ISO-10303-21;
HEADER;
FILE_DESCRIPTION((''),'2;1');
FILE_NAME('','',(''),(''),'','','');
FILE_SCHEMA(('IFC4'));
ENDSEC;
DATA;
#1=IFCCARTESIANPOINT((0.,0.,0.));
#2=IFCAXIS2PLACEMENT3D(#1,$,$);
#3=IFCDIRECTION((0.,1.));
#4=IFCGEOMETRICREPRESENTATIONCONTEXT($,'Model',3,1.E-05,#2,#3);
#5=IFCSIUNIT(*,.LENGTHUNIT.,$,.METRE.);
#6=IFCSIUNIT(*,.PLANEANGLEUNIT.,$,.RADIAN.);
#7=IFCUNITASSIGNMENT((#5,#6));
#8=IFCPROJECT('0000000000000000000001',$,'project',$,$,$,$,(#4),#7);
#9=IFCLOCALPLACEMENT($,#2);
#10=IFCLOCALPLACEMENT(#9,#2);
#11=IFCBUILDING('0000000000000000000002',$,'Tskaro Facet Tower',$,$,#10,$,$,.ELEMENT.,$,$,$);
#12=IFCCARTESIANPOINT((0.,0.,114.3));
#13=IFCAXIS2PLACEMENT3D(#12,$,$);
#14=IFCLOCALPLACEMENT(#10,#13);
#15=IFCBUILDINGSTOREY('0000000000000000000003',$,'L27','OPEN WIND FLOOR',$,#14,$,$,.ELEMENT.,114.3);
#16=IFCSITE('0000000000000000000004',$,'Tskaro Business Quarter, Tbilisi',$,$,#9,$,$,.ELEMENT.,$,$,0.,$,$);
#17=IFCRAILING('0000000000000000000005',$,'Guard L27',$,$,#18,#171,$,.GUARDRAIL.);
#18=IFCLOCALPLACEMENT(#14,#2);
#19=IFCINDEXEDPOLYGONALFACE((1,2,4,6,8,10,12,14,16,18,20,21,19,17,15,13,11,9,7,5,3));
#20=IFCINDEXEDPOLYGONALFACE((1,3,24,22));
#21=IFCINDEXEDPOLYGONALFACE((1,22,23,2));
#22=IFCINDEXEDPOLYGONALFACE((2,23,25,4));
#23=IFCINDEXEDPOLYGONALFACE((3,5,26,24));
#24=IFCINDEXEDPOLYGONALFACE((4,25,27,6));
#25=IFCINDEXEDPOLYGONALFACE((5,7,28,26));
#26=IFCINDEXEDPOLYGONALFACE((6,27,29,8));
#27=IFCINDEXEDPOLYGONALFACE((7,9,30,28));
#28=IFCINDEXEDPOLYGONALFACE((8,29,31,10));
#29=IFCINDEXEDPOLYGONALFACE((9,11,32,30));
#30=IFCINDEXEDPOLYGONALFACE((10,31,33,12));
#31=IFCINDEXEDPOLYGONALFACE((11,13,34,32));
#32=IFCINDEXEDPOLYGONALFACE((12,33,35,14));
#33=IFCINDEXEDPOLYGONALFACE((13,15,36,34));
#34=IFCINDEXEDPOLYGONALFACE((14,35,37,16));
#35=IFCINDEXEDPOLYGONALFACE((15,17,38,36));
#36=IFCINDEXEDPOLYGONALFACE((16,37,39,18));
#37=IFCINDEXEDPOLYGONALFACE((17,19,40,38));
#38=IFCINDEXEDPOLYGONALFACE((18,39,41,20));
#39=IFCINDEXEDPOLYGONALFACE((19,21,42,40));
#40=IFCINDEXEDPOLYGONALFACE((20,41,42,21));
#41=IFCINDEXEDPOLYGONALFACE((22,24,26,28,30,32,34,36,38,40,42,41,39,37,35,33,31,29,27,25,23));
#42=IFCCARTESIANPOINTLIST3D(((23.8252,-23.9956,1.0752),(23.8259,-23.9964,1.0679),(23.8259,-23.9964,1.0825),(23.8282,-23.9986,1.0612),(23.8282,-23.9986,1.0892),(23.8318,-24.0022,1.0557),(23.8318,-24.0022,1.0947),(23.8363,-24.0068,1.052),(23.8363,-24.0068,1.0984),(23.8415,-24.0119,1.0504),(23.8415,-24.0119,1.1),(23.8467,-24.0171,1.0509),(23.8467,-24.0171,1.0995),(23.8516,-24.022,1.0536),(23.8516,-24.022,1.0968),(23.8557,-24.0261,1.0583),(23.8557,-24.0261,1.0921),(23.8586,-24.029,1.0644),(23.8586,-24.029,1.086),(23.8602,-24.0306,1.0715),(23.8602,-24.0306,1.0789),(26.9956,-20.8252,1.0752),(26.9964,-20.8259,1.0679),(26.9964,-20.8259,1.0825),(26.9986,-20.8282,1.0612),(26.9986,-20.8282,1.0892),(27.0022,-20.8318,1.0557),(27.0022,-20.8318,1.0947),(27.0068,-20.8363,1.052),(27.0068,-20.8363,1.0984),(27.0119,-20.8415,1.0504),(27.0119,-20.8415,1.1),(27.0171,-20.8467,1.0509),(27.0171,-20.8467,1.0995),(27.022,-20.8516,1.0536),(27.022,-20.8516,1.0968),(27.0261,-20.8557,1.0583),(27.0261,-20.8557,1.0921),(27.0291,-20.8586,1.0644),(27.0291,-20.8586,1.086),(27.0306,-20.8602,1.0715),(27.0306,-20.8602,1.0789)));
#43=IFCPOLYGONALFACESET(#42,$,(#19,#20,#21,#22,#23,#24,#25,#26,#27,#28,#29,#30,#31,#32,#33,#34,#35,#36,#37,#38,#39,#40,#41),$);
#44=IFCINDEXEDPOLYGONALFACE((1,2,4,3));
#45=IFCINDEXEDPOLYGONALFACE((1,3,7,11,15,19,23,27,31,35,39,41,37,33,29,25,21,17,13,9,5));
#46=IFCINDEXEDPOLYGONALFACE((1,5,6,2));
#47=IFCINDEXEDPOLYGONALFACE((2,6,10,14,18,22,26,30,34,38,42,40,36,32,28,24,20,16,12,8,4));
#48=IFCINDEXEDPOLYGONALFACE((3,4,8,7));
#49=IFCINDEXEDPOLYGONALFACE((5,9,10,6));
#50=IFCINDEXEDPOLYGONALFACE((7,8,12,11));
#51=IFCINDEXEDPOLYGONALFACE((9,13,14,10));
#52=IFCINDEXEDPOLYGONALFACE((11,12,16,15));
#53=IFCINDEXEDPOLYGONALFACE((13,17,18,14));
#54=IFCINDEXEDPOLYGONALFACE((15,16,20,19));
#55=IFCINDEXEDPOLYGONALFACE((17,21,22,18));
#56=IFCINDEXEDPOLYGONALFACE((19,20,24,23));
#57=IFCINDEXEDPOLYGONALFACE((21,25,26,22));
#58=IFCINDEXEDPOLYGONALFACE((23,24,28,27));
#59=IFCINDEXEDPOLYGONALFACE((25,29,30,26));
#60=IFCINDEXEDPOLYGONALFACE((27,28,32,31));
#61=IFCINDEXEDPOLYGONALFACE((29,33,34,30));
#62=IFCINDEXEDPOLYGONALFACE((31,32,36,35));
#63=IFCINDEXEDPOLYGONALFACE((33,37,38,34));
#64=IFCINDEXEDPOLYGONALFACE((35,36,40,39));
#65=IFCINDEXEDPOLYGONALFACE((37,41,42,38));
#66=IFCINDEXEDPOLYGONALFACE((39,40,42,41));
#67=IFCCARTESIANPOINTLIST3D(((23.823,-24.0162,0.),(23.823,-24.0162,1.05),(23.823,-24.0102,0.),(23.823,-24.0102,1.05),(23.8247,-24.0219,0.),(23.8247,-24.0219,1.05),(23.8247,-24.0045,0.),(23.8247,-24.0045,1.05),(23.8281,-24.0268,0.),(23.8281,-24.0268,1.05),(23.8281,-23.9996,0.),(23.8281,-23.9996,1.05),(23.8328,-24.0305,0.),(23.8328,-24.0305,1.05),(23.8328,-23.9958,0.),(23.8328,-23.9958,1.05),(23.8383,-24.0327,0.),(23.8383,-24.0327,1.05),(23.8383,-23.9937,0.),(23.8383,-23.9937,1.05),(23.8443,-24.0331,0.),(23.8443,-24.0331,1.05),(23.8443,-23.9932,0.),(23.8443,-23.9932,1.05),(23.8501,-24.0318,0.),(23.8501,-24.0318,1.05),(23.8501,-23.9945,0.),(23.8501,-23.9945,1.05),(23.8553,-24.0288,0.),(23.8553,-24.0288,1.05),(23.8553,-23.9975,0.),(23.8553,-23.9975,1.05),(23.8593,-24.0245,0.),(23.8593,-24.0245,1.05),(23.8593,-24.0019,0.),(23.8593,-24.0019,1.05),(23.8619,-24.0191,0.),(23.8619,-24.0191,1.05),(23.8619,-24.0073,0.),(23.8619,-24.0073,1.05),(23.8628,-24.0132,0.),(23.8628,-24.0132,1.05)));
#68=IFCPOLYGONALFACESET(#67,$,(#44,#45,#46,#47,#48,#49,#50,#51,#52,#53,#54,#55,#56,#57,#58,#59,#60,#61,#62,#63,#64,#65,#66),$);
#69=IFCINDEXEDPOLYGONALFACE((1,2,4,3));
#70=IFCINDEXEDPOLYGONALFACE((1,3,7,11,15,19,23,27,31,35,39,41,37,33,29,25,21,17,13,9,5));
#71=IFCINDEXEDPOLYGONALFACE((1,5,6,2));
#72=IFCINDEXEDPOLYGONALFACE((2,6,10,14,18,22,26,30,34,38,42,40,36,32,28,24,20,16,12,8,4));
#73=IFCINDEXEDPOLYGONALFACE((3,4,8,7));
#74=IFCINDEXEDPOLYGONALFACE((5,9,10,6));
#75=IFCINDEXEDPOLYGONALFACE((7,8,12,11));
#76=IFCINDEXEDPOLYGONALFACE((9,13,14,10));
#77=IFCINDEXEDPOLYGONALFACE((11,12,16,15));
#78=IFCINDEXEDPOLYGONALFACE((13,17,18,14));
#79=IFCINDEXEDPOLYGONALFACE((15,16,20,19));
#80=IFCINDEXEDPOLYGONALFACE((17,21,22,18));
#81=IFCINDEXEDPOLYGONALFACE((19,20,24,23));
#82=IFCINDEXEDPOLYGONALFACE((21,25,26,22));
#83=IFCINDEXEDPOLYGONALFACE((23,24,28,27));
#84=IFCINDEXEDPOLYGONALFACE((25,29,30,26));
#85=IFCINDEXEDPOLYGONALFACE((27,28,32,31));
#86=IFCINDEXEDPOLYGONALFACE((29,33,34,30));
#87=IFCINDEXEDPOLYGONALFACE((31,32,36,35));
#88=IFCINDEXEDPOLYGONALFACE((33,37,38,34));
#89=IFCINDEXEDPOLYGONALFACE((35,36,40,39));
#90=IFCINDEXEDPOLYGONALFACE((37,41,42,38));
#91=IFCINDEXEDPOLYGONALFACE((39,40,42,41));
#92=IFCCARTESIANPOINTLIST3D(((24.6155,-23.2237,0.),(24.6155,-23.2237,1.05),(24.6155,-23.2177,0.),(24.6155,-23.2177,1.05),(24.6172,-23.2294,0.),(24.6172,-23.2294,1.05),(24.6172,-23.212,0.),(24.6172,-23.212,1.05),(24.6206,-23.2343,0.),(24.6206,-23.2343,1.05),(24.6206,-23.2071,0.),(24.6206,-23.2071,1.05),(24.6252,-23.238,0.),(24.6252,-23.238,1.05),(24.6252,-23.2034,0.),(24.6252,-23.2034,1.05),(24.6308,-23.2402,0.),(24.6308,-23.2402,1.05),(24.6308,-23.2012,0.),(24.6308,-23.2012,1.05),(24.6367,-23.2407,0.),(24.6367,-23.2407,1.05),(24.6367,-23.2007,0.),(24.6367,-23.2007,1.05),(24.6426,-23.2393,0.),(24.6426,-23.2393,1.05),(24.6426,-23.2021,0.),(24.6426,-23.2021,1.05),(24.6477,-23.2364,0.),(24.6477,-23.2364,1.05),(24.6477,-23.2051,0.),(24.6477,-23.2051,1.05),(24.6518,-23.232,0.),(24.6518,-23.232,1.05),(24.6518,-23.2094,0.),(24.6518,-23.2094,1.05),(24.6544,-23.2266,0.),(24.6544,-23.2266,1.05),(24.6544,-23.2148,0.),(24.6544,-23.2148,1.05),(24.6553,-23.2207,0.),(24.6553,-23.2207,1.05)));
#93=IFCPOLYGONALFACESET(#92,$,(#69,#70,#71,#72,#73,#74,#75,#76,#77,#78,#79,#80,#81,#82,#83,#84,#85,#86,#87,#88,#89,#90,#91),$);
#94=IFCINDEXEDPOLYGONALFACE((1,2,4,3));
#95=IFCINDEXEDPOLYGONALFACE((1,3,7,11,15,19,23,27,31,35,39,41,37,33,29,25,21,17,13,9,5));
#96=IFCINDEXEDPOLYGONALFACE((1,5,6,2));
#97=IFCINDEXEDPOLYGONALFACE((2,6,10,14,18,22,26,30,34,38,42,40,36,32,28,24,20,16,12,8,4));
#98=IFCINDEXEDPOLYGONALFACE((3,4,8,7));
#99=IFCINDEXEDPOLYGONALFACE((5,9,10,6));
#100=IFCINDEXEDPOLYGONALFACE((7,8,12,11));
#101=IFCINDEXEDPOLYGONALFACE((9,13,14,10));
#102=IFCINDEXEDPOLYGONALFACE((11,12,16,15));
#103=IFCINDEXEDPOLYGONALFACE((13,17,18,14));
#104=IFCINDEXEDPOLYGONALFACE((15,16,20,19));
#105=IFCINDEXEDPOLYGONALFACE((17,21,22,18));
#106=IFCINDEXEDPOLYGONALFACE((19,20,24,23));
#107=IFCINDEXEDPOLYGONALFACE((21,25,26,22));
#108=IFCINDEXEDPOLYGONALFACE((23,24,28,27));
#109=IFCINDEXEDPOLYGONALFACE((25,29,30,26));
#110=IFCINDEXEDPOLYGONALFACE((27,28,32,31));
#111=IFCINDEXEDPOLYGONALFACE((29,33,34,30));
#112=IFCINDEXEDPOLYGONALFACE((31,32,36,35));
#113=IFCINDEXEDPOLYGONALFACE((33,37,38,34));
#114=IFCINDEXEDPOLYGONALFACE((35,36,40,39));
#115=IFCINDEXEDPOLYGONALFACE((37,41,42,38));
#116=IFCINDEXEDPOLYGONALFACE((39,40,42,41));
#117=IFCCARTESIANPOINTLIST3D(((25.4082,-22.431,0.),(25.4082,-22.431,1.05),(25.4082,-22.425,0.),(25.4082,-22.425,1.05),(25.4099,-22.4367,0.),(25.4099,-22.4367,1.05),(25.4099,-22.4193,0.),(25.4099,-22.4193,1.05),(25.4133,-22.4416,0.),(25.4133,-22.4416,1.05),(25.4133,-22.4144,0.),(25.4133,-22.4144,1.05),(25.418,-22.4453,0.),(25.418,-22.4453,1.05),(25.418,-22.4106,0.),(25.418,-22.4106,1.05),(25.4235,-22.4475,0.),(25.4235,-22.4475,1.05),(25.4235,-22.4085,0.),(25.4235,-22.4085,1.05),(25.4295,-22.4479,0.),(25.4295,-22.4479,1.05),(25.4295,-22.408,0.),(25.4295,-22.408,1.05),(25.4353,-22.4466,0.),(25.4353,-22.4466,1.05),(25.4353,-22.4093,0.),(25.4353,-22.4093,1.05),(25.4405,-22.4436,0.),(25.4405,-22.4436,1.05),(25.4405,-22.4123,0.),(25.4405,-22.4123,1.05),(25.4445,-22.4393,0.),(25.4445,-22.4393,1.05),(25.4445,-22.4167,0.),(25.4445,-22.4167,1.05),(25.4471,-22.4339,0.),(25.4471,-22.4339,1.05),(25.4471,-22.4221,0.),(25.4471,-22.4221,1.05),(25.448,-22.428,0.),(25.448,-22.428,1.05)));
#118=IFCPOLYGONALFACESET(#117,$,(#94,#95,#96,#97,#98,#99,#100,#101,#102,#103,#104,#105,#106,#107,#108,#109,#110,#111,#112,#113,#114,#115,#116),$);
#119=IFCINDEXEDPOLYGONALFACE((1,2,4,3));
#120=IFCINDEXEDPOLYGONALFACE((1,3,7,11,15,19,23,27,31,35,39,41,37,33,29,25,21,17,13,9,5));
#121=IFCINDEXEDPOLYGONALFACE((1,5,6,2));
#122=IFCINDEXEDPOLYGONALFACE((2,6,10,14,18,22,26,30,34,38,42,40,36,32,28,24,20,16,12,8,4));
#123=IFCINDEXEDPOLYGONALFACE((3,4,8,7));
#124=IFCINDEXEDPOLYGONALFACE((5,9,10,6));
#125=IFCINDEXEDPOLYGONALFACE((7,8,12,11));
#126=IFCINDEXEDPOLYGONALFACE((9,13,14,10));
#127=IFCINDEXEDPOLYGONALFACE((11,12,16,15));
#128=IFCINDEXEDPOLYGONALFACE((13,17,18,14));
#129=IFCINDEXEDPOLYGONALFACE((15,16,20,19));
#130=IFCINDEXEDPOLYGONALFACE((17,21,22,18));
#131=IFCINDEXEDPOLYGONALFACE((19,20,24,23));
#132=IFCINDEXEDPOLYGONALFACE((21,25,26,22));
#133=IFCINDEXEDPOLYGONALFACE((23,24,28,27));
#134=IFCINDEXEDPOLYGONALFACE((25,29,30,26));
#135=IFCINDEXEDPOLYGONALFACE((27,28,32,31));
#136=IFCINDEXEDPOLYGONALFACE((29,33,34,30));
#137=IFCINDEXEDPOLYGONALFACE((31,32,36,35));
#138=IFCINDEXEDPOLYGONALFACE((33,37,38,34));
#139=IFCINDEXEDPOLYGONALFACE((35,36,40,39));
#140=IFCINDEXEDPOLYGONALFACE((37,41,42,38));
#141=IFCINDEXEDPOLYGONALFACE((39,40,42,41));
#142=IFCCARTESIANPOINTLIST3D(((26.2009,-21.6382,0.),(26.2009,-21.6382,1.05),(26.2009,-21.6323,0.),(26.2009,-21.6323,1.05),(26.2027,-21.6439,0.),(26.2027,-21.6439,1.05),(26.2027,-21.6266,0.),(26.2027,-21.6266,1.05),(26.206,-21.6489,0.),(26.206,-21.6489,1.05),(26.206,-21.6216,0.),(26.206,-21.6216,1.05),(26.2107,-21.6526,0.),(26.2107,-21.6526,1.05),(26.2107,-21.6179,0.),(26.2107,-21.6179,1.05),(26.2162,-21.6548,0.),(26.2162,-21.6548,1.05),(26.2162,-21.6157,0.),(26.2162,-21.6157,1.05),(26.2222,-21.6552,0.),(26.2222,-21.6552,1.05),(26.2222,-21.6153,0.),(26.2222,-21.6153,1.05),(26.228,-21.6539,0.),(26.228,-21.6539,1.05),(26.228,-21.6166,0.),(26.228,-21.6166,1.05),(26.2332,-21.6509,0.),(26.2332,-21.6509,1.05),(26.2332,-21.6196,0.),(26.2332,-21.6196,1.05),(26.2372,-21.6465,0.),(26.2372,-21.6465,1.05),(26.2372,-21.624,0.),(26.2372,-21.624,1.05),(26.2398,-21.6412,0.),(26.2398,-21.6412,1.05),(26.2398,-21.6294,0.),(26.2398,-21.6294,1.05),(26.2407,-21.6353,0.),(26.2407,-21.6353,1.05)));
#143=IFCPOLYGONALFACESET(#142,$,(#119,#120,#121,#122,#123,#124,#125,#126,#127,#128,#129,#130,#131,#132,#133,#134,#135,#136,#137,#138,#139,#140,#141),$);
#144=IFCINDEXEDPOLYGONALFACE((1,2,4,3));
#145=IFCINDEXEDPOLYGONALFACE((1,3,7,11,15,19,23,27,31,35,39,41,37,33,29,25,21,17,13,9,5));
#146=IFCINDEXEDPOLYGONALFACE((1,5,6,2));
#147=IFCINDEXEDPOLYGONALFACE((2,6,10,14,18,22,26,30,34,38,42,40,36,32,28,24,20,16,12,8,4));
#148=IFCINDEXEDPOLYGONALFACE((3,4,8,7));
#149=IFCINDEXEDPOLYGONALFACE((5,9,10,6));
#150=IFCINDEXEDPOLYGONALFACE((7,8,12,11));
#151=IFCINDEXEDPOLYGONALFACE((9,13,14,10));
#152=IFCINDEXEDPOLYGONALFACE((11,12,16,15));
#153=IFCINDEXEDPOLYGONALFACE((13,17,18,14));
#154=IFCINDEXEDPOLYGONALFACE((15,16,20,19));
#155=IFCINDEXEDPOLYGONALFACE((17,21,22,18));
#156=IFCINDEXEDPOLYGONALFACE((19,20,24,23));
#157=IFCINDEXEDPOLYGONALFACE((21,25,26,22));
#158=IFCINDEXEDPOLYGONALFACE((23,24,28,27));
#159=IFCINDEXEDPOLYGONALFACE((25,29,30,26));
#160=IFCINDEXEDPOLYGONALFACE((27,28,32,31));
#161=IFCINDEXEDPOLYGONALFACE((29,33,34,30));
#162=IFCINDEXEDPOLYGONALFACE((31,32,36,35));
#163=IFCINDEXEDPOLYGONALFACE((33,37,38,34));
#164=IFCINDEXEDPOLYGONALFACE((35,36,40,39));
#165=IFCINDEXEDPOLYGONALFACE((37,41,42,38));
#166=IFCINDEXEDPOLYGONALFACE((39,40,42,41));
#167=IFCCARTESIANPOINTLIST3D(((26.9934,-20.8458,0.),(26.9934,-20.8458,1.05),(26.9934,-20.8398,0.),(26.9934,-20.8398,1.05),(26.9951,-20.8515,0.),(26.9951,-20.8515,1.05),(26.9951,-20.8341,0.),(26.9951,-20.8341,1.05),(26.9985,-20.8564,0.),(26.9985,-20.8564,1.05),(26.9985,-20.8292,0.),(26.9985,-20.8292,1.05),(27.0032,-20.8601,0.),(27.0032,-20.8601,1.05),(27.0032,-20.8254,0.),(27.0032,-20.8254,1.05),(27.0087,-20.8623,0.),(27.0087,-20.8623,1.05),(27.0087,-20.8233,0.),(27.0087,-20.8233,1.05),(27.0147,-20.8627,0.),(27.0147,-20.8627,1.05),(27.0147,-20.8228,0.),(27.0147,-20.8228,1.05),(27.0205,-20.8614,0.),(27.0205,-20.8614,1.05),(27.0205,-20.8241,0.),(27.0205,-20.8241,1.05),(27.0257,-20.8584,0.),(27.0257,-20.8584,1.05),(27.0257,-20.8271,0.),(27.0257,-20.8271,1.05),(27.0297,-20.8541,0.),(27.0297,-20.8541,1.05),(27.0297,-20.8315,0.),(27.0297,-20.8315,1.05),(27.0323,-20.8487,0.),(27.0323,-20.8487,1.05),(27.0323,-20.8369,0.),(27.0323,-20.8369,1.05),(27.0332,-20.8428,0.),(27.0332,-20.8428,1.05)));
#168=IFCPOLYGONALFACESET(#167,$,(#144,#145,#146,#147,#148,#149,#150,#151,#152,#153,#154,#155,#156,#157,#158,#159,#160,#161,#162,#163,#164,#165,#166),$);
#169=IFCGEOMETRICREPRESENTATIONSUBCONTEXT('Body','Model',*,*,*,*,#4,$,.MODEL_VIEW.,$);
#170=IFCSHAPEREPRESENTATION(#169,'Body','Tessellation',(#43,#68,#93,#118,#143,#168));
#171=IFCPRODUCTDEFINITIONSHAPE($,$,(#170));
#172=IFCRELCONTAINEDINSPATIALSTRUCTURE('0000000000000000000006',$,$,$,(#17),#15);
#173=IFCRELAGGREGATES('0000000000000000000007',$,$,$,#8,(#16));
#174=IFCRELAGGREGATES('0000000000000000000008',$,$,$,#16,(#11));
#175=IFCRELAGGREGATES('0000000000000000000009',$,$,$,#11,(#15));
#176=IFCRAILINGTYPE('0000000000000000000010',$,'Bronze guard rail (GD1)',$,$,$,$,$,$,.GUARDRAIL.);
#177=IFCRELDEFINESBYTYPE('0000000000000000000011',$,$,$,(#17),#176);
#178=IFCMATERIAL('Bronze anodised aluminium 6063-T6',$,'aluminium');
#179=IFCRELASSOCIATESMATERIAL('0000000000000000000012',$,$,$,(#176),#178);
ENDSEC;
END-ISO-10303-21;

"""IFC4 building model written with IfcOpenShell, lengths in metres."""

from ifc_helpers import new_model, si_unit, direction, frame, origin, origin_2d, place, context, subcontext, project, spatial, circle, extrude, material, type_object, element, save


model = new_model("IFC4")

# Units and contexts
model_context = context("Model", 3, precision=1e-05, world=origin(), true_north=direction((0.0, 1.0)))
body_context = subcontext(model_context, "Body", "Model", "MODEL_VIEW")
ifc_project = project(units=[si_unit("LENGTHUNIT", "METRE"), si_unit("PLANEANGLEUNIT", "RADIAN")], contexts=[model_context])

# Site, building, storey
site_placement = place(None, origin())
site = spatial("IfcSite", under=ifc_project, at=site_placement, Name="Tskaro Business Quarter, Tbilisi", CompositionType="ELEMENT", RefElevation=0.0)
building_placement = place(site_placement, origin())
building = spatial("IfcBuilding", under=site, at=building_placement, Name="Tskaro Facet Tower", CompositionType="ELEMENT")
storey_placement = place(building_placement, frame((0.0, 0.0, 114.3)))
storey = spatial("IfcBuildingStorey", under=building, at=storey_placement, Name="L27", Description="OPEN WIND FLOOR", CompositionType="ELEMENT", Elevation=114.3)

# Railing
ifc_material_1 = material(Name="Bronze anodised aluminium 6063-T6", Category="aluminium")
railing_type = type_object("IfcRailingType", Name="Bronze guard rail (GD1)", PredefinedType="GUARDRAIL", material=ifc_material_1)
railing_placement = place(storey_placement, frame((23.8428, -24.0132, 0.0)))
element("IfcRailing", 1, at=railing_placement, inside=storey, type_object=railing_type, Name="Guard L27", PredefinedType="GUARDRAIL", context=body_context, shape_type="SweptSolid", body=[
    extrude(circle(Radius=0.0249, at=origin_2d()), frame((0.0, 0.0, 1.0752), z_axis=(0.707107, 0.707107, 0.0), x_axis=(-0.707107, 0.707107, 0.0)), (0.0, 0.0, 1.0), 4.4836),
    extrude(circle(Radius=0.02, at=origin_2d()), origin(), (0.0, 0.0, 1.0), 1.05),
    extrude(circle(Radius=0.02, at=origin_2d()), frame((0.7925, 0.7925, 0.0)), (0.0, 0.0, 1.0), 1.05),
    extrude(circle(Radius=0.02, at=origin_2d()), frame((1.5852, 1.5852, 0.0)), (0.0, 0.0, 1.0), 1.05),
    extrude(circle(Radius=0.02, at=origin_2d()), frame((2.3779, 2.3779, 0.0)), (0.0, 0.0, 1.0), 1.05),
    extrude(circle(Radius=0.02, at=origin_2d()), frame((3.1704, 3.1704, 0.0)), (0.0, 0.0, 1.0), 1.05),
])

save(model, "model.ifc")
